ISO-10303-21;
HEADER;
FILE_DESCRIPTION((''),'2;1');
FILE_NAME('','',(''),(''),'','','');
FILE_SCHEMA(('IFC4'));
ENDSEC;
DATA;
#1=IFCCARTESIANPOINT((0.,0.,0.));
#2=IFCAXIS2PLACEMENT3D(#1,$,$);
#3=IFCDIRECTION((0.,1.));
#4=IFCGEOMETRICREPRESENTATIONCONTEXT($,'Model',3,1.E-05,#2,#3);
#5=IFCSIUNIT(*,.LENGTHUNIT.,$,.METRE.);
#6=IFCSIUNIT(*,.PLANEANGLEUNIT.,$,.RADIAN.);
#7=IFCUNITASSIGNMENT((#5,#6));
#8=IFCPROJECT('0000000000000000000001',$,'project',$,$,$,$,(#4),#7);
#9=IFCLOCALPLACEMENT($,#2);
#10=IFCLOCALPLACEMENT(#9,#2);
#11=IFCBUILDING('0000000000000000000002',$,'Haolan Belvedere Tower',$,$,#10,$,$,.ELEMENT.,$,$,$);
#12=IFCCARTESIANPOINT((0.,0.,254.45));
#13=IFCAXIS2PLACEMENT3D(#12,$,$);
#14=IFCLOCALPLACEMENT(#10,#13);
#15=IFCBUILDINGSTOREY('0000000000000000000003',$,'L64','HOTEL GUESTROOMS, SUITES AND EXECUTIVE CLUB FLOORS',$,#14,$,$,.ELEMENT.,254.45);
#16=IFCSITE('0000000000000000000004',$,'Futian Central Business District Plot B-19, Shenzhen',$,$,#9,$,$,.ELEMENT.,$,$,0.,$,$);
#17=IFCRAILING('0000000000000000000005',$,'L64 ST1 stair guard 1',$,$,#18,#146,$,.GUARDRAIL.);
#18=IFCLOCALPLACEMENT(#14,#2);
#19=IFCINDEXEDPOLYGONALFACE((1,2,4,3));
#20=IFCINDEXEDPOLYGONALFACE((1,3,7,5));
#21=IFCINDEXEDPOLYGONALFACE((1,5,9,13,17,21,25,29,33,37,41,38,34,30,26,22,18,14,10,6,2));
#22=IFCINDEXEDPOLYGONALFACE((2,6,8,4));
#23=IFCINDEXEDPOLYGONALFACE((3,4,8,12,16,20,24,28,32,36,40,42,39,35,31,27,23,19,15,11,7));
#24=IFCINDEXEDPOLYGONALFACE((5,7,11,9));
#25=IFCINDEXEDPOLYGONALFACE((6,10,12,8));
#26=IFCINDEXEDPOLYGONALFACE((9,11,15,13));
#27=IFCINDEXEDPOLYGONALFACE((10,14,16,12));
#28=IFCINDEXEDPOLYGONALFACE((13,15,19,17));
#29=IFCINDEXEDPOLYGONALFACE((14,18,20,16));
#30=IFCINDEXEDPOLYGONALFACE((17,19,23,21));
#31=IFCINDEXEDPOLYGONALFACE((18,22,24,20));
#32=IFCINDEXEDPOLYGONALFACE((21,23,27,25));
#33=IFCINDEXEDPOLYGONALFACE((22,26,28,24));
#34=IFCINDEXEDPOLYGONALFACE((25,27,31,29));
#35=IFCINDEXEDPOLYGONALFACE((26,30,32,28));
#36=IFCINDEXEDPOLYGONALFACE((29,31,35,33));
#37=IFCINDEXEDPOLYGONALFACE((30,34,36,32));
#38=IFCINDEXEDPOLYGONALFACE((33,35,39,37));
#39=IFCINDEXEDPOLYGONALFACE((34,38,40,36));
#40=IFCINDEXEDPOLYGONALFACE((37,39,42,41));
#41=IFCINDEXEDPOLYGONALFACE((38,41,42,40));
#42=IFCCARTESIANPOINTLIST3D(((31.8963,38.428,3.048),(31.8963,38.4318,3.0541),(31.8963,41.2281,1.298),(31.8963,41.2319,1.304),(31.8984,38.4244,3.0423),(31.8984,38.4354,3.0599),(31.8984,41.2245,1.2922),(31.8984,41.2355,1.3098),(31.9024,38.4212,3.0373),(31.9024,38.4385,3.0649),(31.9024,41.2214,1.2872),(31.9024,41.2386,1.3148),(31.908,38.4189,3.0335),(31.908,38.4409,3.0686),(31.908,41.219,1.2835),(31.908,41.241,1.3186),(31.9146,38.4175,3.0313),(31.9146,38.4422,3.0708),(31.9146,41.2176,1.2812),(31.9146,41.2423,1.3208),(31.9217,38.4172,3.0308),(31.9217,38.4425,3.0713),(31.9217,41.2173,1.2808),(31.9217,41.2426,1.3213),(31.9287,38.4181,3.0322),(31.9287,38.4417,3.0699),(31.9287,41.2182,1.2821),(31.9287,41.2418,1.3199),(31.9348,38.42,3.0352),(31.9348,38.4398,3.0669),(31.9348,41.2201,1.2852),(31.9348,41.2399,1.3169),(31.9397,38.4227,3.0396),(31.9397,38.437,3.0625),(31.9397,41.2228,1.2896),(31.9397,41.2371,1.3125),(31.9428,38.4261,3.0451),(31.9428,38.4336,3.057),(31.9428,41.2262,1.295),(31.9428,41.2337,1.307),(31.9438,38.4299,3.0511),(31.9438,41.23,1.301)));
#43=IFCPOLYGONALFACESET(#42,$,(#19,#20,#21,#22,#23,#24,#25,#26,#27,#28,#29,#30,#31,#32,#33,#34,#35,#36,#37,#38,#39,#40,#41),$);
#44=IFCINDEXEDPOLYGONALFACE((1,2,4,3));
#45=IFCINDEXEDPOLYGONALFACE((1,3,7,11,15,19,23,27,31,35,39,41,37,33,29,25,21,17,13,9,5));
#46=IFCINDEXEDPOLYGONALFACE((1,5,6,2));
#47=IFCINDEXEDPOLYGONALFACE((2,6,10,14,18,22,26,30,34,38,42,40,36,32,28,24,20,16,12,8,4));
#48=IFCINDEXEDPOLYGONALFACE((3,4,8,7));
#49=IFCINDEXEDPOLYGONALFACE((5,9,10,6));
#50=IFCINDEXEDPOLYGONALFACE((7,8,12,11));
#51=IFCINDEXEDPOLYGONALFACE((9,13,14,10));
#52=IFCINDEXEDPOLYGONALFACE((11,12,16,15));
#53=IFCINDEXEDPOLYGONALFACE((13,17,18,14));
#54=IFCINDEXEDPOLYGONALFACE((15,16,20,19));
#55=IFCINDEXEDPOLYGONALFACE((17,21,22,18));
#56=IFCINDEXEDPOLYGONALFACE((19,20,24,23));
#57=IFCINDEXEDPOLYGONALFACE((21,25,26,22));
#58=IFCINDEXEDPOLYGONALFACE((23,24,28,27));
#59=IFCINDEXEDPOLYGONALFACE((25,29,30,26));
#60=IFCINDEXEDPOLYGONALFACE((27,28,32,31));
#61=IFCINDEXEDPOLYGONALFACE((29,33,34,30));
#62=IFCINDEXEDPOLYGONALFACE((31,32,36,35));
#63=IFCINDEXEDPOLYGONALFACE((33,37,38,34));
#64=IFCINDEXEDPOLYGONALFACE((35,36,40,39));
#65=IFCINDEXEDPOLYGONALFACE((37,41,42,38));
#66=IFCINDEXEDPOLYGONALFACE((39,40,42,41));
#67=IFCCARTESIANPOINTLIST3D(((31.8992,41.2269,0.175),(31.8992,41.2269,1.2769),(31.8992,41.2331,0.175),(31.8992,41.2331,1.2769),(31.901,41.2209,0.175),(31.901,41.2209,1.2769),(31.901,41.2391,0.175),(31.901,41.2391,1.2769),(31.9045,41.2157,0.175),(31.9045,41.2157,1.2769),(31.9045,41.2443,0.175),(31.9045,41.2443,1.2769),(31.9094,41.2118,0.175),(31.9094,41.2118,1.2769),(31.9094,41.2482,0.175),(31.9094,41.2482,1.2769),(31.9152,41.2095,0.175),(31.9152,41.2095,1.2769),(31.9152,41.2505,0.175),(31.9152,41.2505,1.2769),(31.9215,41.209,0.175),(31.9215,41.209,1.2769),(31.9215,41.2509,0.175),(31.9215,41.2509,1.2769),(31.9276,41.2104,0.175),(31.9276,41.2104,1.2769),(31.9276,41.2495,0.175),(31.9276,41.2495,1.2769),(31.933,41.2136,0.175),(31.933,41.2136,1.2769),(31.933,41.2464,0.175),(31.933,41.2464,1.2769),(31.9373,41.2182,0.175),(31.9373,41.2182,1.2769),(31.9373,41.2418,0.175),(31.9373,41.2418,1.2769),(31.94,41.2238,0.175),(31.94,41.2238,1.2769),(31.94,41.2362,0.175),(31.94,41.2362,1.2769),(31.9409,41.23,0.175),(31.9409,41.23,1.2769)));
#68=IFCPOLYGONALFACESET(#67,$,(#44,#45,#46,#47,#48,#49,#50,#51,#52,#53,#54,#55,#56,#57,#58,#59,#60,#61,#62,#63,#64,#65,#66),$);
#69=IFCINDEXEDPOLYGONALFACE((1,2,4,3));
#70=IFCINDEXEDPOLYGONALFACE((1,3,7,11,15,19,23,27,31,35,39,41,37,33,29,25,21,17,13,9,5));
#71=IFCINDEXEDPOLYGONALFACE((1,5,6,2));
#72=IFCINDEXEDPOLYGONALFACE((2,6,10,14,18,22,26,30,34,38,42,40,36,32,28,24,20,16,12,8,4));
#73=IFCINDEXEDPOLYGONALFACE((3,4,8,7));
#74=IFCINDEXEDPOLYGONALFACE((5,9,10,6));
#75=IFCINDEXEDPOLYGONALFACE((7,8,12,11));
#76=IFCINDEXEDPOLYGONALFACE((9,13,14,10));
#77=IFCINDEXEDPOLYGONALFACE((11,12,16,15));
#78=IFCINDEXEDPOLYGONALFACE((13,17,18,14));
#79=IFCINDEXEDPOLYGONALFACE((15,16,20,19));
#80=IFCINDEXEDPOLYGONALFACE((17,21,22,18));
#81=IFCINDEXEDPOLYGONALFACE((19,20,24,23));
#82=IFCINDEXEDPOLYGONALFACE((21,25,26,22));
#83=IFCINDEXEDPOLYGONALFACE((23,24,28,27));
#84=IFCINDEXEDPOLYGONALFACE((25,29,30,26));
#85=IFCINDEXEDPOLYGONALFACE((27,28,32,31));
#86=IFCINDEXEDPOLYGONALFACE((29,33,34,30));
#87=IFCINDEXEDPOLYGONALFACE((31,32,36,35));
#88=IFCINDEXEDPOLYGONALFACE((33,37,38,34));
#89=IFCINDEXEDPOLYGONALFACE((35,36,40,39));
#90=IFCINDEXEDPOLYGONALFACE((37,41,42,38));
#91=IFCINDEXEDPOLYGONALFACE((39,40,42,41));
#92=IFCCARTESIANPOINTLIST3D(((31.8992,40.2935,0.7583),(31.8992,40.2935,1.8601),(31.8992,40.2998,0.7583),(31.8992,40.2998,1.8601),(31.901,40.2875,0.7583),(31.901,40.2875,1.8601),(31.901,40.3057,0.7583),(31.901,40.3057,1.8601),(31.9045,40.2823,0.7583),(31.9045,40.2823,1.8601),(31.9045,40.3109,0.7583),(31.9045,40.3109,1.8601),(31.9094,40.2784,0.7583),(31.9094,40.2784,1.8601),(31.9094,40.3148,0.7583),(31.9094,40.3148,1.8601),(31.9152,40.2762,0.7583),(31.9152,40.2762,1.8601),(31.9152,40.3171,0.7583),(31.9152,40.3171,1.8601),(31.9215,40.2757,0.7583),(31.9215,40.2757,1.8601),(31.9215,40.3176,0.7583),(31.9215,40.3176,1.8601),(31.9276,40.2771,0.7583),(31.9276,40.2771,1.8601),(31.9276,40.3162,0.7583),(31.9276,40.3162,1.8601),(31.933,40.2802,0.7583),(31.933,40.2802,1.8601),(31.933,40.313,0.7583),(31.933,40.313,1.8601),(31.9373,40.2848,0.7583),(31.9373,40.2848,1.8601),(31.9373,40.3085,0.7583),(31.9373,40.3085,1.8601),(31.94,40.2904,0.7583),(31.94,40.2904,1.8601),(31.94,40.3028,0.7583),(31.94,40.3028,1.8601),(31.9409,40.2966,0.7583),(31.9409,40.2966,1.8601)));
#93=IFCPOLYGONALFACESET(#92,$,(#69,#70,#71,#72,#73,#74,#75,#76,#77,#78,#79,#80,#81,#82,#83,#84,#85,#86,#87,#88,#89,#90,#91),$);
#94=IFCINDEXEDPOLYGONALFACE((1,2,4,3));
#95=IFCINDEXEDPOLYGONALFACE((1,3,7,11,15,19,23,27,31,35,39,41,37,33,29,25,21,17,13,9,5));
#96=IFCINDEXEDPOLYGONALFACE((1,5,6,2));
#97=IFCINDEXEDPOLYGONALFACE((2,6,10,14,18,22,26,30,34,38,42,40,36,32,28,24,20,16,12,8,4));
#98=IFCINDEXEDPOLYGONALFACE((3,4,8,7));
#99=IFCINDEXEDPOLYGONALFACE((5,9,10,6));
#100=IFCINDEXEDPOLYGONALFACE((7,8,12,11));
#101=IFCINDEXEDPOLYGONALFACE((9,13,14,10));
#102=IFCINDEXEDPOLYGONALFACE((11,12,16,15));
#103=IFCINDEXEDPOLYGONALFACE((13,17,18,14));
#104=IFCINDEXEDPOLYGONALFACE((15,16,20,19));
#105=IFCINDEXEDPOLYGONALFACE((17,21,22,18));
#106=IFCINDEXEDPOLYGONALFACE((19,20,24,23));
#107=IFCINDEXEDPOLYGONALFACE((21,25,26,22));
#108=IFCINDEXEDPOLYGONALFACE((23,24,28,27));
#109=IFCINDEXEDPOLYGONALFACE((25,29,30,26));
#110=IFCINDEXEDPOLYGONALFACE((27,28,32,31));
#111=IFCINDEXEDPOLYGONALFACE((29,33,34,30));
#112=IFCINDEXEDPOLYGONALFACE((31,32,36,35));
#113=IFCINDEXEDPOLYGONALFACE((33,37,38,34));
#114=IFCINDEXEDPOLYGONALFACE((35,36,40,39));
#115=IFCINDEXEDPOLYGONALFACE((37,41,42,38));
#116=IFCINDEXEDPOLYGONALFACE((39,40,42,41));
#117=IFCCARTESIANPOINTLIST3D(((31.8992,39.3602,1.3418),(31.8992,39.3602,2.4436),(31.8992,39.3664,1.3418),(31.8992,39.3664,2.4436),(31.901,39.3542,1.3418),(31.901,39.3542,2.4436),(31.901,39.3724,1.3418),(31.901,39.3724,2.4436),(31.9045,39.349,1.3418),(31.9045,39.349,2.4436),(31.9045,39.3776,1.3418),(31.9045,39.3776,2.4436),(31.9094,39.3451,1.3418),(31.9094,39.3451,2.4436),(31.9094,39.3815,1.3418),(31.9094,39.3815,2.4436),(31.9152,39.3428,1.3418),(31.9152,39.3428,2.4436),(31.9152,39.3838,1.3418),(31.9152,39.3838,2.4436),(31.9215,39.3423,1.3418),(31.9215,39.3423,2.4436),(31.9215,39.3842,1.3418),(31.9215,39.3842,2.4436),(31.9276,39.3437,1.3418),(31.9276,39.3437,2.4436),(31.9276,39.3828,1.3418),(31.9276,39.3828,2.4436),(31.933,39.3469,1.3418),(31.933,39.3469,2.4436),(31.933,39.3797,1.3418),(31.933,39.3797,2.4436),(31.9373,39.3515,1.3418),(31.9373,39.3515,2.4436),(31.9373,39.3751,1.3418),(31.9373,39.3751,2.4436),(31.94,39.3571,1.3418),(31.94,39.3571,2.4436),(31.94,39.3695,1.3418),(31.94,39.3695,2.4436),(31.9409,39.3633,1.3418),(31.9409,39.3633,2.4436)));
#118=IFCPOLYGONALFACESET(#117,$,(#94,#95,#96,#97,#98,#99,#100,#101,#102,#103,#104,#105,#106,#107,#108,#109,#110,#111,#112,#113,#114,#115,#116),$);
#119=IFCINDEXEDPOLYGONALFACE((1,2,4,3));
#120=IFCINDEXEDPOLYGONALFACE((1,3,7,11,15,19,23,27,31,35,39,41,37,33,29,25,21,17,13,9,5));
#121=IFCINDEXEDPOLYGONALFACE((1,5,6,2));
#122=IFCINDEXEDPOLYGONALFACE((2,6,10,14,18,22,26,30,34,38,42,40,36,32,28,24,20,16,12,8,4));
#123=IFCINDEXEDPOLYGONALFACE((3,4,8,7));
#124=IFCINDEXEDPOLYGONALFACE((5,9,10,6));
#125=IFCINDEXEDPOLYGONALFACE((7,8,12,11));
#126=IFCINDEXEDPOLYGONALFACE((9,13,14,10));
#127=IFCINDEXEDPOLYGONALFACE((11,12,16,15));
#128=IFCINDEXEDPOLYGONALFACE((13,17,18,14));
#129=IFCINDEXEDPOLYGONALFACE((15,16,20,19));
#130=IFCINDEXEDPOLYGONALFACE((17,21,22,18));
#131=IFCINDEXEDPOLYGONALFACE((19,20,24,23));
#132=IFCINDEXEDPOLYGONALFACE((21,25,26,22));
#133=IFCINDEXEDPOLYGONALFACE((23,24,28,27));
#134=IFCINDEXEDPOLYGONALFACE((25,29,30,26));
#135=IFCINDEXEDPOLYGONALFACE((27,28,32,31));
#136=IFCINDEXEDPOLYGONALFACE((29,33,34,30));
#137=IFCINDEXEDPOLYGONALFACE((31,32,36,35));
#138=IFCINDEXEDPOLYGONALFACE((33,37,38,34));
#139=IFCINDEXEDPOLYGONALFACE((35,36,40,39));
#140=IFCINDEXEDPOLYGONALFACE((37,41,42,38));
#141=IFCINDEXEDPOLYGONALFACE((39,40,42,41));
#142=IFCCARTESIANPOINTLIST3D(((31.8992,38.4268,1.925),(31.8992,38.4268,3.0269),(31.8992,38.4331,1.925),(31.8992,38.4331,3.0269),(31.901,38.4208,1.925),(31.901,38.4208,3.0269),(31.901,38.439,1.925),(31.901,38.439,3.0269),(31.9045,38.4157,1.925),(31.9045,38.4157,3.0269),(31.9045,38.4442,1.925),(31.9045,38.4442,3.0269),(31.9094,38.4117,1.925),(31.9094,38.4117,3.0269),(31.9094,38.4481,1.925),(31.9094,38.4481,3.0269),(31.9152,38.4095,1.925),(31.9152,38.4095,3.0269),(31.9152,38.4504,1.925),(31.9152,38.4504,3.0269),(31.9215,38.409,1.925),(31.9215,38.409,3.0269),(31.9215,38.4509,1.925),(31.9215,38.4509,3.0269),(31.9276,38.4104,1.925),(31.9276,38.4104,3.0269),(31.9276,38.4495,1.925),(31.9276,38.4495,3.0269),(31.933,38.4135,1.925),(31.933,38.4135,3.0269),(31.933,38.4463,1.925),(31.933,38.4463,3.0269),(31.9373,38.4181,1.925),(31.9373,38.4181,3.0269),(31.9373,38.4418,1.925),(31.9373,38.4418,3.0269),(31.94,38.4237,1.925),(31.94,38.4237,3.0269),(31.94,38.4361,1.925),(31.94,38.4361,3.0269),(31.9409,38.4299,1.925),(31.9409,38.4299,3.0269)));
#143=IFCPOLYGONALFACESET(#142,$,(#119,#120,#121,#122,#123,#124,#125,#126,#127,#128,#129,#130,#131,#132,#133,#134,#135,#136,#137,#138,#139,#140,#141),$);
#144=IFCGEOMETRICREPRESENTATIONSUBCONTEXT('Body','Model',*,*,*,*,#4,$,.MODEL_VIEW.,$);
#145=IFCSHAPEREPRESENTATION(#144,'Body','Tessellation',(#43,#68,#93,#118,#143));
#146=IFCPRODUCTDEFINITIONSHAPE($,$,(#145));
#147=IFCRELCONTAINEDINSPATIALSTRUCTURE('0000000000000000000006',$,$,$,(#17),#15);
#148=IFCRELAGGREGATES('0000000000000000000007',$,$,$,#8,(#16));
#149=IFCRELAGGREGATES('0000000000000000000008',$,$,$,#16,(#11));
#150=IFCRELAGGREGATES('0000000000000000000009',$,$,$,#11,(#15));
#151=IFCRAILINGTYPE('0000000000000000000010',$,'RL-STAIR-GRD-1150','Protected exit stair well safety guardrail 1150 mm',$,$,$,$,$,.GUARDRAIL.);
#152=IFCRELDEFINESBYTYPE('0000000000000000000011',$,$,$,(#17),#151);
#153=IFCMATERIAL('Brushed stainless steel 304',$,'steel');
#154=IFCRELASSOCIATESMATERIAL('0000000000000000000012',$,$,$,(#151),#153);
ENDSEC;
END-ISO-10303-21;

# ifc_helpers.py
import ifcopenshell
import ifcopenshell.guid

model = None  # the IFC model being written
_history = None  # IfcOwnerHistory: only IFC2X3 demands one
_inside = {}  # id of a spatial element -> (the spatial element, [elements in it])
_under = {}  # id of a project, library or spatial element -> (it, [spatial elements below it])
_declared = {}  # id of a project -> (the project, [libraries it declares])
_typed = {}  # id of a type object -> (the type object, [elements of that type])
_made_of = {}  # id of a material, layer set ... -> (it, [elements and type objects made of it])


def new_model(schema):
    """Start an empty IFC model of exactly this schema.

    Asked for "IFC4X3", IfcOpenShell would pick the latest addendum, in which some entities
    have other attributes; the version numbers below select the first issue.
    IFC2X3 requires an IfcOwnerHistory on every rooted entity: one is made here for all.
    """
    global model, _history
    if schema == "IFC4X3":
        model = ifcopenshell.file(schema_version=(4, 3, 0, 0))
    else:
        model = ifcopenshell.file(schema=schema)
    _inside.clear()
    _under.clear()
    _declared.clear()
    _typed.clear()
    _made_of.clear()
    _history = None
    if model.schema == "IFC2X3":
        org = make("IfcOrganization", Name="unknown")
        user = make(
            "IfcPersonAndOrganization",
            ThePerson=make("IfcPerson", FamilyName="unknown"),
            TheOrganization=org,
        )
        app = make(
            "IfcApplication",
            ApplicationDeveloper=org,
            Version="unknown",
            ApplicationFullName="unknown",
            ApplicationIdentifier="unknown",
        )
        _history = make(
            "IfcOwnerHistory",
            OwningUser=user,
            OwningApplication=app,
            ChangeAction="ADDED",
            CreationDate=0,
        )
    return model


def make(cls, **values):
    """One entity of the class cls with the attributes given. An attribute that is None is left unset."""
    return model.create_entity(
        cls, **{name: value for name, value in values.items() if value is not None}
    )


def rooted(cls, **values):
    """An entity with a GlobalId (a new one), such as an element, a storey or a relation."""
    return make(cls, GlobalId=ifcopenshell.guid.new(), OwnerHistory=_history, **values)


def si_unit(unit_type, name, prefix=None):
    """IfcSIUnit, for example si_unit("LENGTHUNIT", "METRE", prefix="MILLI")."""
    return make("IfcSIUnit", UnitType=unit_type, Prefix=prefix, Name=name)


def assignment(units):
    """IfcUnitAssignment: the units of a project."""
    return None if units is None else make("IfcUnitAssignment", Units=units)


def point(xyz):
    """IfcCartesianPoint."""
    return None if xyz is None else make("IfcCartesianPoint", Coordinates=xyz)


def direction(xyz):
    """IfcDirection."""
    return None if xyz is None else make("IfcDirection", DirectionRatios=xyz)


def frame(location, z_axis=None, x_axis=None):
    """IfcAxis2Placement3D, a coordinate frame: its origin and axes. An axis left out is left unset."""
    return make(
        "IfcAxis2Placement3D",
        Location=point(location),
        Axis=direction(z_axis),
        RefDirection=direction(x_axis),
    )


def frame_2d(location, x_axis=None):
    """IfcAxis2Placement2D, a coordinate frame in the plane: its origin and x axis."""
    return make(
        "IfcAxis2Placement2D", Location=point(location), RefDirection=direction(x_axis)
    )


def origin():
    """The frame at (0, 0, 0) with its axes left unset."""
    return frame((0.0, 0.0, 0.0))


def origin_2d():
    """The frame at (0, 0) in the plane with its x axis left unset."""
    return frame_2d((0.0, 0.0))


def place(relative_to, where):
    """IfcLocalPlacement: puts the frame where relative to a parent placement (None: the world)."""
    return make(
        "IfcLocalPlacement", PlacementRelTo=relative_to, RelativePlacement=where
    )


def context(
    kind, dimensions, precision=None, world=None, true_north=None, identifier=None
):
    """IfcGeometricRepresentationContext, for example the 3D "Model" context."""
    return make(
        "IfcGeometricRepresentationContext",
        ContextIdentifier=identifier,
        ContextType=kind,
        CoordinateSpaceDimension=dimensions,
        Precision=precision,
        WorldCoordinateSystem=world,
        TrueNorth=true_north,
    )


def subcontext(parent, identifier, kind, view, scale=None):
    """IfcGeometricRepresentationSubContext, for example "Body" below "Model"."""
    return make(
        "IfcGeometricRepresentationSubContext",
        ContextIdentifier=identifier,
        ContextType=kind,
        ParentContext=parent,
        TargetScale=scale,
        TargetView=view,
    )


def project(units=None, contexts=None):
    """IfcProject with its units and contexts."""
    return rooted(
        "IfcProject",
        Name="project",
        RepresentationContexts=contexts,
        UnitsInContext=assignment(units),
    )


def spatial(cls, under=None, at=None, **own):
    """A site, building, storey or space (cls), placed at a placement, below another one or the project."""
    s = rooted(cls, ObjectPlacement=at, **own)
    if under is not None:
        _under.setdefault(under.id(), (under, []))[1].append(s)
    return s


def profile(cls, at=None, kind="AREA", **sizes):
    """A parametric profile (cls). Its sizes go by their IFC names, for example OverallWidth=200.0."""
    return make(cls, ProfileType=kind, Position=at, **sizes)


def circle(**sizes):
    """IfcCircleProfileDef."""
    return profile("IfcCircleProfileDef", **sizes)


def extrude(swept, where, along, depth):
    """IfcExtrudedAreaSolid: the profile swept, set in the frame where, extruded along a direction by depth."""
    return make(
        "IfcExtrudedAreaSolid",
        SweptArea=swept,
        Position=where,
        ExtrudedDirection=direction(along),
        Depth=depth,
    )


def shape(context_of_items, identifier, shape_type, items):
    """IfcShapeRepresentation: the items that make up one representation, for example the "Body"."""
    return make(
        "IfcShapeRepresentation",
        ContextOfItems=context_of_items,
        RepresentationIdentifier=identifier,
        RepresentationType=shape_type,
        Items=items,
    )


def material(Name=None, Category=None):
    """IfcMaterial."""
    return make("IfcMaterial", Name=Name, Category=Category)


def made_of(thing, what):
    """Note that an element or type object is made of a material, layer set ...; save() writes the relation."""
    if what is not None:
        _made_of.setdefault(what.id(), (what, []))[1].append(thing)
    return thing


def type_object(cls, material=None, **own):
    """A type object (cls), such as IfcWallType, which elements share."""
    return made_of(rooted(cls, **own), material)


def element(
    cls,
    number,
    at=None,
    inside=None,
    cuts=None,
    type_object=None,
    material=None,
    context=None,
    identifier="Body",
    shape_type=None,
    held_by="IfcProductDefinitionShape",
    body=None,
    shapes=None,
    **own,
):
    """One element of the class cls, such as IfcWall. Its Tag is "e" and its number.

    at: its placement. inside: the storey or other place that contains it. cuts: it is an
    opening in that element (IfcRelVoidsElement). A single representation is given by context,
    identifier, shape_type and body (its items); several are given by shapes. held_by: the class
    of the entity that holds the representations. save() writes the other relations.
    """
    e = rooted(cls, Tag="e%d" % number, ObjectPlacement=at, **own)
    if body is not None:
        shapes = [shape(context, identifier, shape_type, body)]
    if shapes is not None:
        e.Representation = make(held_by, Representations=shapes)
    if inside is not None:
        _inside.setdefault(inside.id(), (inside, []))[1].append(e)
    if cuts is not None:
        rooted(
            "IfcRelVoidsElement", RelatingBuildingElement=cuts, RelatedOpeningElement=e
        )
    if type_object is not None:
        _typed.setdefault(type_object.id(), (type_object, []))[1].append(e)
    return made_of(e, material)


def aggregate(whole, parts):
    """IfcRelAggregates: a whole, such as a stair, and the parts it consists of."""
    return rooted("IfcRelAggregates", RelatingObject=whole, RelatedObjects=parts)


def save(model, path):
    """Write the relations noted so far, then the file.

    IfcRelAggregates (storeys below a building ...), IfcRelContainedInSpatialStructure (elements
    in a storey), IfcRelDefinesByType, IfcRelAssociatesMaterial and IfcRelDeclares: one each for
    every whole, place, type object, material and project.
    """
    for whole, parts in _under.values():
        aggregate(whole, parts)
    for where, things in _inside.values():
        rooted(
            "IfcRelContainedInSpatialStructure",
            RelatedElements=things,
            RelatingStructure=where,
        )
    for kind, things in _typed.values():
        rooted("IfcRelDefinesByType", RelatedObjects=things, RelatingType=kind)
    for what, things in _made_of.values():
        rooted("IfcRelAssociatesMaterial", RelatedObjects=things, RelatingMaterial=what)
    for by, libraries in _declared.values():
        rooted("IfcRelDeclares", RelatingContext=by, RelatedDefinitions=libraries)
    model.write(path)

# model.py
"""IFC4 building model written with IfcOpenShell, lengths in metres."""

from ifc_helpers import new_model, si_unit, direction, frame, origin, origin_2d, place, context, subcontext, project, spatial, circle, extrude, material, type_object, element, save


model = new_model("IFC4")

# Units and contexts
model_context = context("Model", 3, precision=1e-05, world=origin(), true_north=direction((0.0, 1.0)))
body_context = subcontext(model_context, "Body", "Model", "MODEL_VIEW")
ifc_project = project(units=[si_unit("LENGTHUNIT", "METRE"), si_unit("PLANEANGLEUNIT", "RADIAN")], contexts=[model_context])

# Site, building, storey
site_placement = place(None, origin())
site = spatial("IfcSite", under=ifc_project, at=site_placement, Name="Futian Central Business District Plot B-19, Shenzhen", CompositionType="ELEMENT", RefElevation=0.0)
building_placement = place(site_placement, origin())
building = spatial("IfcBuilding", under=site, at=building_placement, Name="Haolan Belvedere Tower", CompositionType="ELEMENT")
storey_placement = place(building_placement, frame((0.0, 0.0, 254.45)))
storey = spatial("IfcBuildingStorey", under=building, at=storey_placement, Name="L64", Description="HOTEL GUESTROOMS, SUITES AND EXECUTIVE CLUB FLOORS", CompositionType="ELEMENT", Elevation=254.45)

# Railing
ifc_material_1 = material(Name="Brushed stainless steel 304", Category="steel")
railing_type_1 = type_object("IfcRailingType", Name="RL-STAIR-GRD-1150", Description="Protected exit stair well safety guardrail 1150 mm", PredefinedType="GUARDRAIL", material=ifc_material_1)
railing_1_placement = place(storey_placement, frame((31.9199, 41.23, 0.175)))
element("IfcRailing", 1, at=railing_1_placement, inside=storey, type_object=railing_type_1, Name="L64 ST1 stair guard 1", PredefinedType="GUARDRAIL", context=body_context, shape_type="SweptSolid", body=[
    extrude(circle(Radius=0.0239, at=origin_2d()), frame((0.0, 0.0, 1.126), z_axis=(0.0, -0.848002, 0.529992), x_axis=(1.0, 0.0, 0.0)), (0.0, 0.0, 1.0), 3.302),
    extrude(circle(Radius=0.021, at=origin_2d()), origin(), (0.0, 0.0, 1.0), 1.1018),
    extrude(circle(Radius=0.021, at=origin_2d()), frame((0.0, -0.9333, 0.5833)), (0.0, 0.0, 1.0), 1.1018),
    extrude(circle(Radius=0.021, at=origin_2d()), frame((0.0, -1.8667, 1.1667)), (0.0, 0.0, 1.0), 1.1018),
    extrude(circle(Radius=0.021, at=origin_2d()), frame((0.0, -2.8, 1.75)), (0.0, 0.0, 1.0), 1.1018),
])

save(model, "model.ifc")
